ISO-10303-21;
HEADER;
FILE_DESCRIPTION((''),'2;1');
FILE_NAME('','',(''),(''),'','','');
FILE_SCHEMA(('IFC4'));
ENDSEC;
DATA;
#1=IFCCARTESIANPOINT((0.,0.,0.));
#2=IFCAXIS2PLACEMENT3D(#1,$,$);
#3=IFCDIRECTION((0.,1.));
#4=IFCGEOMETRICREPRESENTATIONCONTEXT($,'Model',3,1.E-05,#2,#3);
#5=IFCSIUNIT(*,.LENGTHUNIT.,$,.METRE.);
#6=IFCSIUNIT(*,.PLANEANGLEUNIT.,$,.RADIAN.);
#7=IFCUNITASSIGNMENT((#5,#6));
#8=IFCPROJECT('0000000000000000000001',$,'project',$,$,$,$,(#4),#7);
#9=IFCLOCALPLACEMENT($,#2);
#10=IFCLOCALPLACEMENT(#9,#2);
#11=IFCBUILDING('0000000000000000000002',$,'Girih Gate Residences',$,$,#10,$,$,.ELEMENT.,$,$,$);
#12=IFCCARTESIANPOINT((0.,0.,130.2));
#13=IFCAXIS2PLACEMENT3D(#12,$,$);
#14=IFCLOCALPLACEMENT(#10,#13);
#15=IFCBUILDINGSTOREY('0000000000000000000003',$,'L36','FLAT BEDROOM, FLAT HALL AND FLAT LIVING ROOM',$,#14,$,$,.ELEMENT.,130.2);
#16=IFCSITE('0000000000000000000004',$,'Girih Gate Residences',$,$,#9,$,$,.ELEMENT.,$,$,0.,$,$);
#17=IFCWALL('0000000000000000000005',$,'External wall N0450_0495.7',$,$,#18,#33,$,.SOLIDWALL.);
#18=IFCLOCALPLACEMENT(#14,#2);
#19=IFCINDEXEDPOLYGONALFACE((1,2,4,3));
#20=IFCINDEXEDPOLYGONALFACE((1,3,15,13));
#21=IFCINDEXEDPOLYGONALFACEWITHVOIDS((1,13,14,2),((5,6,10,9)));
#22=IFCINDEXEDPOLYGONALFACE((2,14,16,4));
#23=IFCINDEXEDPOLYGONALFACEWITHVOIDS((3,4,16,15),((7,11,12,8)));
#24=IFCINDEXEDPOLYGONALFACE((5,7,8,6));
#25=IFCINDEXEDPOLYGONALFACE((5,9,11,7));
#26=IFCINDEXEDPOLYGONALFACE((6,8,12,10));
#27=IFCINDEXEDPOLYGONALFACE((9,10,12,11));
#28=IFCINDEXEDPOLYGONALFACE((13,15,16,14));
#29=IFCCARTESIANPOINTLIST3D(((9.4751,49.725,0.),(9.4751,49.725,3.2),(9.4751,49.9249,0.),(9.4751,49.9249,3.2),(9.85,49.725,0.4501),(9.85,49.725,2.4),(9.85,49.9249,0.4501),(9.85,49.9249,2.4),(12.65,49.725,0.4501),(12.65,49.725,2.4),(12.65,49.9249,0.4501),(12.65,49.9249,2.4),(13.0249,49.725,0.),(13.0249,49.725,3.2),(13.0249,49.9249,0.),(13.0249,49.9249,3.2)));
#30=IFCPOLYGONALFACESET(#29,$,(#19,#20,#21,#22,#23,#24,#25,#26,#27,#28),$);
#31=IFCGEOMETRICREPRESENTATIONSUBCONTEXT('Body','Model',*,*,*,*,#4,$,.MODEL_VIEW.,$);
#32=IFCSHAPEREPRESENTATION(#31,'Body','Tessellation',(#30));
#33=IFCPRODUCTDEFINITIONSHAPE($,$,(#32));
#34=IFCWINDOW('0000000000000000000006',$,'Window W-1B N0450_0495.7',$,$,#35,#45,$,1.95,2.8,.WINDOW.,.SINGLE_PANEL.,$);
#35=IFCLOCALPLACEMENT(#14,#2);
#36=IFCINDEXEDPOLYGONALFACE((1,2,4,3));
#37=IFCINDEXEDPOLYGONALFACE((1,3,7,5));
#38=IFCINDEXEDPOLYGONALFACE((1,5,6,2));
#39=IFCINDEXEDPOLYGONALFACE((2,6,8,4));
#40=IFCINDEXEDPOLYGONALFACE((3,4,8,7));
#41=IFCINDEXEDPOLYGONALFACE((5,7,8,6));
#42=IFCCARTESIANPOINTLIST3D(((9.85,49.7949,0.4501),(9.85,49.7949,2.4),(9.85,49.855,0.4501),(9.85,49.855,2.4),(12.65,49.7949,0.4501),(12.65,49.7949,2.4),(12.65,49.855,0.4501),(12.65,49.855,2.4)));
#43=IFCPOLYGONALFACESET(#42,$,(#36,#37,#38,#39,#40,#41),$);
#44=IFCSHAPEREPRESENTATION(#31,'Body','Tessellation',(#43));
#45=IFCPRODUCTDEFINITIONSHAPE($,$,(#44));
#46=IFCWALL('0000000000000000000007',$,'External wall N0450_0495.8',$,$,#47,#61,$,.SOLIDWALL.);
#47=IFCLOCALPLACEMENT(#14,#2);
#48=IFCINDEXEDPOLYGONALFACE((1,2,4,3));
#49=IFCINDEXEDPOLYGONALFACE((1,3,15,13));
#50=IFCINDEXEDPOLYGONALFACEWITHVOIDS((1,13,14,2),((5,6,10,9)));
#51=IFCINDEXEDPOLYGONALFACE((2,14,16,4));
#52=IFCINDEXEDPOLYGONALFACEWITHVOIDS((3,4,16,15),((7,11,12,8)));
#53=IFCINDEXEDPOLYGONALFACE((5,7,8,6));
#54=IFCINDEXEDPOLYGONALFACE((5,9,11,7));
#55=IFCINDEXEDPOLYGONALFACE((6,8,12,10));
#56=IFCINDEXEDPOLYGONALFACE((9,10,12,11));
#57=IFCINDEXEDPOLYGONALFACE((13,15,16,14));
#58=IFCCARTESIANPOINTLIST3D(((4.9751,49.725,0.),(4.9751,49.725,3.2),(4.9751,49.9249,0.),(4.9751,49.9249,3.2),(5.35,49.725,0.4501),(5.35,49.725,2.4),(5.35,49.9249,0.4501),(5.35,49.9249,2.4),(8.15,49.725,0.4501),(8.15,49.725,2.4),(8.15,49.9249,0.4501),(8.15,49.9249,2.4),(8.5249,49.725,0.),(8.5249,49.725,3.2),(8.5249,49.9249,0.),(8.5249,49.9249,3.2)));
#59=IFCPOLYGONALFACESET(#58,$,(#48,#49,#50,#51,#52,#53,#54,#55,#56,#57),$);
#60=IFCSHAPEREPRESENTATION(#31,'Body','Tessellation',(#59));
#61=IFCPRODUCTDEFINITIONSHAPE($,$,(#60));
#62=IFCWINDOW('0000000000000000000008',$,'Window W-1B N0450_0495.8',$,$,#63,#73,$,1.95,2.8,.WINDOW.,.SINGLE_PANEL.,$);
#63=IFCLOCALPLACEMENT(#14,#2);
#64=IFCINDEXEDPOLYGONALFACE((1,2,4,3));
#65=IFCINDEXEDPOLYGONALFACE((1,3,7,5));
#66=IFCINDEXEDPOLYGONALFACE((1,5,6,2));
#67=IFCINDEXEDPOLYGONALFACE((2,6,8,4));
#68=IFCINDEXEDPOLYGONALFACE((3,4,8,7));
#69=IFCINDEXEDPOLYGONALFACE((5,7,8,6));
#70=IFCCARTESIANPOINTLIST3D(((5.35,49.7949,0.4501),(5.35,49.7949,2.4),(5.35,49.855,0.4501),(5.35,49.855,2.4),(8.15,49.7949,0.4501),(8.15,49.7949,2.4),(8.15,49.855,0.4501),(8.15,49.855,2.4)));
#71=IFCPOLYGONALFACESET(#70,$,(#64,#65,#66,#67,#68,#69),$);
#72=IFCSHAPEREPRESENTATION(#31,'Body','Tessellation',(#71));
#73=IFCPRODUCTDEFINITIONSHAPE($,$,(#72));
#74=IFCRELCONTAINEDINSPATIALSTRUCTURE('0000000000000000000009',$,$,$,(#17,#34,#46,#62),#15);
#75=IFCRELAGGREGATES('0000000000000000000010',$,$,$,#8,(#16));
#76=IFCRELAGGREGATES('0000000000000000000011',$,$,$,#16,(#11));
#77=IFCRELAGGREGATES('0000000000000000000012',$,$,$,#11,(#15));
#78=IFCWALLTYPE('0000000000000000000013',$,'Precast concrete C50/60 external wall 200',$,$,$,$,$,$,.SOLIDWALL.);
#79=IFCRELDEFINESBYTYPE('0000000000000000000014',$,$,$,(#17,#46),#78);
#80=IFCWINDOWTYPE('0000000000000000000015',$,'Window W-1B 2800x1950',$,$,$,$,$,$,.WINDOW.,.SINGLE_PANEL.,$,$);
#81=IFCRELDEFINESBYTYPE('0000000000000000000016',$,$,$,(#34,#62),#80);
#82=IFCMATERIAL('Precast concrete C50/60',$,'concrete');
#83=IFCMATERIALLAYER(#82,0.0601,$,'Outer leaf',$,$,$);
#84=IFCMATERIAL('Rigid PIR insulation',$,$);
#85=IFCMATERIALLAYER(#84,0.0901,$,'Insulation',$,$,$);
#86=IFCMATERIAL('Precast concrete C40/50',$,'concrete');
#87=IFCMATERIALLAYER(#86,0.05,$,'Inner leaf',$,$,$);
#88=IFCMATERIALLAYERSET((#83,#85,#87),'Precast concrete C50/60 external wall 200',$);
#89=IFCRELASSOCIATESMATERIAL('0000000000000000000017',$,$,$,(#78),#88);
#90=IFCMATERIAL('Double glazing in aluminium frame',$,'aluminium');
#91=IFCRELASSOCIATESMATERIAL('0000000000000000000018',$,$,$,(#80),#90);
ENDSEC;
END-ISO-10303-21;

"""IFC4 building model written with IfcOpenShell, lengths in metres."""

from ifc_helpers import new_model, si_unit, direction, frame, frame_2d, origin, place, context, subcontext, project, spatial, rectangle, extrude, material, layer, layer_set, type_object, element, fill, save


model = new_model("IFC4")

# Units and contexts
model_context = context("Model", 3, precision=1e-05, world=origin(), true_north=direction((0.0, 1.0)))
body_context = subcontext(model_context, "Body", "Model", "MODEL_VIEW")
ifc_project = project(units=[si_unit("LENGTHUNIT", "METRE"), si_unit("PLANEANGLEUNIT", "RADIAN")], contexts=[model_context])

# Site, building, storey
site_placement = place(None, origin())
site = spatial("IfcSite", under=ifc_project, at=site_placement, Name="Girih Gate Residences", CompositionType="ELEMENT", RefElevation=0.0)
building_placement = place(site_placement, origin())
building = spatial("IfcBuilding", under=site, at=building_placement, Name="Girih Gate Residences", CompositionType="ELEMENT")
storey_placement = place(building_placement, frame((0.0, 0.0, 130.2)))
storey = spatial("IfcBuildingStorey", under=building, at=storey_placement, Name="L36", Description="FLAT BEDROOM, FLAT HALL AND FLAT LIVING ROOM", CompositionType="ELEMENT", Elevation=130.2)

# Walls, openings, windows
ifc_material_1 = material(Name="Precast concrete C50/60", Category="concrete")
ifc_layer_1 = layer(ifc_material_1, 0.0601, Name="Outer leaf")
ifc_material_2 = material(Name="Rigid PIR insulation")
ifc_layer_2 = layer(ifc_material_2, 0.0901, Name="Insulation")
ifc_material_3 = material(Name="Precast concrete C40/50", Category="concrete")
ifc_layer_3 = layer(ifc_material_3, 0.05, Name="Inner leaf")
ifc_layer_set_1 = layer_set([ifc_layer_1, ifc_layer_2, ifc_layer_3], Name="Precast concrete C50/60 external wall 200")
wall_type_1 = type_object("IfcWallType", Name="Precast concrete C50/60 external wall 200", PredefinedType="SOLIDWALL", material=ifc_layer_set_1)
wall_1_placement = place(storey_placement, frame((9.4751, 49.825, 0.0), z_axis=(0.0, 0.0, 1.0), x_axis=(1.0, 0.0, 0.0)))
wall_1 = element("IfcWall", 1, at=wall_1_placement, inside=storey, type_object=wall_type_1, Name="External wall N0450_0495.7", PredefinedType="SOLIDWALL", context=body_context, shape_type="SweptSolid", body=[
    extrude(rectangle(XDim=3.5498, YDim=0.2, at=frame_2d((1.7749, 0.0))), origin(), (0.0, 0.0, 1.0), 3.2),
])
opening_1_placement = place(wall_1_placement, frame((0.375, 0.0, 0.45)))
opening_1 = element("IfcOpeningElement", 2, at=opening_1_placement, cuts=wall_1, PredefinedType="OPENING", context=body_context, shape_type="SweptSolid", body=[
    extrude(rectangle(XDim=2.8, YDim=1.95, at=frame_2d((1.3999, 0.9751))), frame((0.0, 0.1099, 0.0), z_axis=(0.0, -1.0, 0.0), x_axis=(1.0, 0.0, 0.0)), (0.0, 0.0, 1.0), 0.22),
])
ifc_material_4 = material(Name="Double glazing in aluminium frame", Category="aluminium")
window_type = type_object("IfcWindowType", Name="Window W-1B 2800x1950", PartitioningType="SINGLE_PANEL", PredefinedType="WINDOW", material=ifc_material_4)
window_1_placement = place(opening_1_placement, origin())
window_1 = element("IfcWindow", 3, at=window_1_placement, inside=storey, type_object=window_type, Name="Window W-1B N0450_0495.7", OverallHeight=1.95, OverallWidth=2.8, PartitioningType="SINGLE_PANEL", PredefinedType="WINDOW", context=body_context, shape_type="SweptSolid", body=[
    extrude(rectangle(XDim=2.8, YDim=1.95, at=frame_2d((1.3999, 0.9751))), frame((0.0, 0.03, 0.0), z_axis=(0.0, -1.0, 0.0), x_axis=(1.0, 0.0, 0.0)), (0.0, 0.0, 1.0), 0.0601),
])
fill(opening_1, window_1)
wall_2_placement = place(storey_placement, frame((4.9751, 49.825, 0.0), z_axis=(0.0, 0.0, 1.0), x_axis=(1.0, 0.0, 0.0)))
wall_2 = element("IfcWall", 4, at=wall_2_placement, inside=storey, type_object=wall_type_1, Name="External wall N0450_0495.8", PredefinedType="SOLIDWALL", context=body_context, shape_type="SweptSolid", body=[
    extrude(rectangle(XDim=3.5498, YDim=0.2, at=frame_2d((1.7749, 0.0))), origin(), (0.0, 0.0, 1.0), 3.2),
])
opening_2_placement = place(wall_2_placement, frame((0.375, 0.0, 0.45)))
opening_2 = element("IfcOpeningElement", 5, at=opening_2_placement, cuts=wall_2, PredefinedType="OPENING", context=body_context, shape_type="SweptSolid", body=[
    extrude(rectangle(XDim=2.8, YDim=1.95, at=frame_2d((1.3999, 0.9751))), frame((0.0, 0.1099, 0.0), z_axis=(0.0, -1.0, 0.0), x_axis=(1.0, 0.0, 0.0)), (0.0, 0.0, 1.0), 0.22),
])
window_2_placement = place(opening_2_placement, origin())
window_2 = element("IfcWindow", 6, at=window_2_placement, inside=storey, type_object=window_type, Name="Window W-1B N0450_0495.8", OverallHeight=1.95, OverallWidth=2.8, PartitioningType="SINGLE_PANEL", PredefinedType="WINDOW", context=body_context, shape_type="SweptSolid", body=[
    extrude(rectangle(XDim=2.8, YDim=1.95, at=frame_2d((1.3999, 0.9751))), frame((0.0, 0.03, 0.0), z_axis=(0.0, -1.0, 0.0), x_axis=(1.0, 0.0, 0.0)), (0.0, 0.0, 1.0), 0.0601),
])
fill(opening_2, window_2)

save(model, "model.ifc")
